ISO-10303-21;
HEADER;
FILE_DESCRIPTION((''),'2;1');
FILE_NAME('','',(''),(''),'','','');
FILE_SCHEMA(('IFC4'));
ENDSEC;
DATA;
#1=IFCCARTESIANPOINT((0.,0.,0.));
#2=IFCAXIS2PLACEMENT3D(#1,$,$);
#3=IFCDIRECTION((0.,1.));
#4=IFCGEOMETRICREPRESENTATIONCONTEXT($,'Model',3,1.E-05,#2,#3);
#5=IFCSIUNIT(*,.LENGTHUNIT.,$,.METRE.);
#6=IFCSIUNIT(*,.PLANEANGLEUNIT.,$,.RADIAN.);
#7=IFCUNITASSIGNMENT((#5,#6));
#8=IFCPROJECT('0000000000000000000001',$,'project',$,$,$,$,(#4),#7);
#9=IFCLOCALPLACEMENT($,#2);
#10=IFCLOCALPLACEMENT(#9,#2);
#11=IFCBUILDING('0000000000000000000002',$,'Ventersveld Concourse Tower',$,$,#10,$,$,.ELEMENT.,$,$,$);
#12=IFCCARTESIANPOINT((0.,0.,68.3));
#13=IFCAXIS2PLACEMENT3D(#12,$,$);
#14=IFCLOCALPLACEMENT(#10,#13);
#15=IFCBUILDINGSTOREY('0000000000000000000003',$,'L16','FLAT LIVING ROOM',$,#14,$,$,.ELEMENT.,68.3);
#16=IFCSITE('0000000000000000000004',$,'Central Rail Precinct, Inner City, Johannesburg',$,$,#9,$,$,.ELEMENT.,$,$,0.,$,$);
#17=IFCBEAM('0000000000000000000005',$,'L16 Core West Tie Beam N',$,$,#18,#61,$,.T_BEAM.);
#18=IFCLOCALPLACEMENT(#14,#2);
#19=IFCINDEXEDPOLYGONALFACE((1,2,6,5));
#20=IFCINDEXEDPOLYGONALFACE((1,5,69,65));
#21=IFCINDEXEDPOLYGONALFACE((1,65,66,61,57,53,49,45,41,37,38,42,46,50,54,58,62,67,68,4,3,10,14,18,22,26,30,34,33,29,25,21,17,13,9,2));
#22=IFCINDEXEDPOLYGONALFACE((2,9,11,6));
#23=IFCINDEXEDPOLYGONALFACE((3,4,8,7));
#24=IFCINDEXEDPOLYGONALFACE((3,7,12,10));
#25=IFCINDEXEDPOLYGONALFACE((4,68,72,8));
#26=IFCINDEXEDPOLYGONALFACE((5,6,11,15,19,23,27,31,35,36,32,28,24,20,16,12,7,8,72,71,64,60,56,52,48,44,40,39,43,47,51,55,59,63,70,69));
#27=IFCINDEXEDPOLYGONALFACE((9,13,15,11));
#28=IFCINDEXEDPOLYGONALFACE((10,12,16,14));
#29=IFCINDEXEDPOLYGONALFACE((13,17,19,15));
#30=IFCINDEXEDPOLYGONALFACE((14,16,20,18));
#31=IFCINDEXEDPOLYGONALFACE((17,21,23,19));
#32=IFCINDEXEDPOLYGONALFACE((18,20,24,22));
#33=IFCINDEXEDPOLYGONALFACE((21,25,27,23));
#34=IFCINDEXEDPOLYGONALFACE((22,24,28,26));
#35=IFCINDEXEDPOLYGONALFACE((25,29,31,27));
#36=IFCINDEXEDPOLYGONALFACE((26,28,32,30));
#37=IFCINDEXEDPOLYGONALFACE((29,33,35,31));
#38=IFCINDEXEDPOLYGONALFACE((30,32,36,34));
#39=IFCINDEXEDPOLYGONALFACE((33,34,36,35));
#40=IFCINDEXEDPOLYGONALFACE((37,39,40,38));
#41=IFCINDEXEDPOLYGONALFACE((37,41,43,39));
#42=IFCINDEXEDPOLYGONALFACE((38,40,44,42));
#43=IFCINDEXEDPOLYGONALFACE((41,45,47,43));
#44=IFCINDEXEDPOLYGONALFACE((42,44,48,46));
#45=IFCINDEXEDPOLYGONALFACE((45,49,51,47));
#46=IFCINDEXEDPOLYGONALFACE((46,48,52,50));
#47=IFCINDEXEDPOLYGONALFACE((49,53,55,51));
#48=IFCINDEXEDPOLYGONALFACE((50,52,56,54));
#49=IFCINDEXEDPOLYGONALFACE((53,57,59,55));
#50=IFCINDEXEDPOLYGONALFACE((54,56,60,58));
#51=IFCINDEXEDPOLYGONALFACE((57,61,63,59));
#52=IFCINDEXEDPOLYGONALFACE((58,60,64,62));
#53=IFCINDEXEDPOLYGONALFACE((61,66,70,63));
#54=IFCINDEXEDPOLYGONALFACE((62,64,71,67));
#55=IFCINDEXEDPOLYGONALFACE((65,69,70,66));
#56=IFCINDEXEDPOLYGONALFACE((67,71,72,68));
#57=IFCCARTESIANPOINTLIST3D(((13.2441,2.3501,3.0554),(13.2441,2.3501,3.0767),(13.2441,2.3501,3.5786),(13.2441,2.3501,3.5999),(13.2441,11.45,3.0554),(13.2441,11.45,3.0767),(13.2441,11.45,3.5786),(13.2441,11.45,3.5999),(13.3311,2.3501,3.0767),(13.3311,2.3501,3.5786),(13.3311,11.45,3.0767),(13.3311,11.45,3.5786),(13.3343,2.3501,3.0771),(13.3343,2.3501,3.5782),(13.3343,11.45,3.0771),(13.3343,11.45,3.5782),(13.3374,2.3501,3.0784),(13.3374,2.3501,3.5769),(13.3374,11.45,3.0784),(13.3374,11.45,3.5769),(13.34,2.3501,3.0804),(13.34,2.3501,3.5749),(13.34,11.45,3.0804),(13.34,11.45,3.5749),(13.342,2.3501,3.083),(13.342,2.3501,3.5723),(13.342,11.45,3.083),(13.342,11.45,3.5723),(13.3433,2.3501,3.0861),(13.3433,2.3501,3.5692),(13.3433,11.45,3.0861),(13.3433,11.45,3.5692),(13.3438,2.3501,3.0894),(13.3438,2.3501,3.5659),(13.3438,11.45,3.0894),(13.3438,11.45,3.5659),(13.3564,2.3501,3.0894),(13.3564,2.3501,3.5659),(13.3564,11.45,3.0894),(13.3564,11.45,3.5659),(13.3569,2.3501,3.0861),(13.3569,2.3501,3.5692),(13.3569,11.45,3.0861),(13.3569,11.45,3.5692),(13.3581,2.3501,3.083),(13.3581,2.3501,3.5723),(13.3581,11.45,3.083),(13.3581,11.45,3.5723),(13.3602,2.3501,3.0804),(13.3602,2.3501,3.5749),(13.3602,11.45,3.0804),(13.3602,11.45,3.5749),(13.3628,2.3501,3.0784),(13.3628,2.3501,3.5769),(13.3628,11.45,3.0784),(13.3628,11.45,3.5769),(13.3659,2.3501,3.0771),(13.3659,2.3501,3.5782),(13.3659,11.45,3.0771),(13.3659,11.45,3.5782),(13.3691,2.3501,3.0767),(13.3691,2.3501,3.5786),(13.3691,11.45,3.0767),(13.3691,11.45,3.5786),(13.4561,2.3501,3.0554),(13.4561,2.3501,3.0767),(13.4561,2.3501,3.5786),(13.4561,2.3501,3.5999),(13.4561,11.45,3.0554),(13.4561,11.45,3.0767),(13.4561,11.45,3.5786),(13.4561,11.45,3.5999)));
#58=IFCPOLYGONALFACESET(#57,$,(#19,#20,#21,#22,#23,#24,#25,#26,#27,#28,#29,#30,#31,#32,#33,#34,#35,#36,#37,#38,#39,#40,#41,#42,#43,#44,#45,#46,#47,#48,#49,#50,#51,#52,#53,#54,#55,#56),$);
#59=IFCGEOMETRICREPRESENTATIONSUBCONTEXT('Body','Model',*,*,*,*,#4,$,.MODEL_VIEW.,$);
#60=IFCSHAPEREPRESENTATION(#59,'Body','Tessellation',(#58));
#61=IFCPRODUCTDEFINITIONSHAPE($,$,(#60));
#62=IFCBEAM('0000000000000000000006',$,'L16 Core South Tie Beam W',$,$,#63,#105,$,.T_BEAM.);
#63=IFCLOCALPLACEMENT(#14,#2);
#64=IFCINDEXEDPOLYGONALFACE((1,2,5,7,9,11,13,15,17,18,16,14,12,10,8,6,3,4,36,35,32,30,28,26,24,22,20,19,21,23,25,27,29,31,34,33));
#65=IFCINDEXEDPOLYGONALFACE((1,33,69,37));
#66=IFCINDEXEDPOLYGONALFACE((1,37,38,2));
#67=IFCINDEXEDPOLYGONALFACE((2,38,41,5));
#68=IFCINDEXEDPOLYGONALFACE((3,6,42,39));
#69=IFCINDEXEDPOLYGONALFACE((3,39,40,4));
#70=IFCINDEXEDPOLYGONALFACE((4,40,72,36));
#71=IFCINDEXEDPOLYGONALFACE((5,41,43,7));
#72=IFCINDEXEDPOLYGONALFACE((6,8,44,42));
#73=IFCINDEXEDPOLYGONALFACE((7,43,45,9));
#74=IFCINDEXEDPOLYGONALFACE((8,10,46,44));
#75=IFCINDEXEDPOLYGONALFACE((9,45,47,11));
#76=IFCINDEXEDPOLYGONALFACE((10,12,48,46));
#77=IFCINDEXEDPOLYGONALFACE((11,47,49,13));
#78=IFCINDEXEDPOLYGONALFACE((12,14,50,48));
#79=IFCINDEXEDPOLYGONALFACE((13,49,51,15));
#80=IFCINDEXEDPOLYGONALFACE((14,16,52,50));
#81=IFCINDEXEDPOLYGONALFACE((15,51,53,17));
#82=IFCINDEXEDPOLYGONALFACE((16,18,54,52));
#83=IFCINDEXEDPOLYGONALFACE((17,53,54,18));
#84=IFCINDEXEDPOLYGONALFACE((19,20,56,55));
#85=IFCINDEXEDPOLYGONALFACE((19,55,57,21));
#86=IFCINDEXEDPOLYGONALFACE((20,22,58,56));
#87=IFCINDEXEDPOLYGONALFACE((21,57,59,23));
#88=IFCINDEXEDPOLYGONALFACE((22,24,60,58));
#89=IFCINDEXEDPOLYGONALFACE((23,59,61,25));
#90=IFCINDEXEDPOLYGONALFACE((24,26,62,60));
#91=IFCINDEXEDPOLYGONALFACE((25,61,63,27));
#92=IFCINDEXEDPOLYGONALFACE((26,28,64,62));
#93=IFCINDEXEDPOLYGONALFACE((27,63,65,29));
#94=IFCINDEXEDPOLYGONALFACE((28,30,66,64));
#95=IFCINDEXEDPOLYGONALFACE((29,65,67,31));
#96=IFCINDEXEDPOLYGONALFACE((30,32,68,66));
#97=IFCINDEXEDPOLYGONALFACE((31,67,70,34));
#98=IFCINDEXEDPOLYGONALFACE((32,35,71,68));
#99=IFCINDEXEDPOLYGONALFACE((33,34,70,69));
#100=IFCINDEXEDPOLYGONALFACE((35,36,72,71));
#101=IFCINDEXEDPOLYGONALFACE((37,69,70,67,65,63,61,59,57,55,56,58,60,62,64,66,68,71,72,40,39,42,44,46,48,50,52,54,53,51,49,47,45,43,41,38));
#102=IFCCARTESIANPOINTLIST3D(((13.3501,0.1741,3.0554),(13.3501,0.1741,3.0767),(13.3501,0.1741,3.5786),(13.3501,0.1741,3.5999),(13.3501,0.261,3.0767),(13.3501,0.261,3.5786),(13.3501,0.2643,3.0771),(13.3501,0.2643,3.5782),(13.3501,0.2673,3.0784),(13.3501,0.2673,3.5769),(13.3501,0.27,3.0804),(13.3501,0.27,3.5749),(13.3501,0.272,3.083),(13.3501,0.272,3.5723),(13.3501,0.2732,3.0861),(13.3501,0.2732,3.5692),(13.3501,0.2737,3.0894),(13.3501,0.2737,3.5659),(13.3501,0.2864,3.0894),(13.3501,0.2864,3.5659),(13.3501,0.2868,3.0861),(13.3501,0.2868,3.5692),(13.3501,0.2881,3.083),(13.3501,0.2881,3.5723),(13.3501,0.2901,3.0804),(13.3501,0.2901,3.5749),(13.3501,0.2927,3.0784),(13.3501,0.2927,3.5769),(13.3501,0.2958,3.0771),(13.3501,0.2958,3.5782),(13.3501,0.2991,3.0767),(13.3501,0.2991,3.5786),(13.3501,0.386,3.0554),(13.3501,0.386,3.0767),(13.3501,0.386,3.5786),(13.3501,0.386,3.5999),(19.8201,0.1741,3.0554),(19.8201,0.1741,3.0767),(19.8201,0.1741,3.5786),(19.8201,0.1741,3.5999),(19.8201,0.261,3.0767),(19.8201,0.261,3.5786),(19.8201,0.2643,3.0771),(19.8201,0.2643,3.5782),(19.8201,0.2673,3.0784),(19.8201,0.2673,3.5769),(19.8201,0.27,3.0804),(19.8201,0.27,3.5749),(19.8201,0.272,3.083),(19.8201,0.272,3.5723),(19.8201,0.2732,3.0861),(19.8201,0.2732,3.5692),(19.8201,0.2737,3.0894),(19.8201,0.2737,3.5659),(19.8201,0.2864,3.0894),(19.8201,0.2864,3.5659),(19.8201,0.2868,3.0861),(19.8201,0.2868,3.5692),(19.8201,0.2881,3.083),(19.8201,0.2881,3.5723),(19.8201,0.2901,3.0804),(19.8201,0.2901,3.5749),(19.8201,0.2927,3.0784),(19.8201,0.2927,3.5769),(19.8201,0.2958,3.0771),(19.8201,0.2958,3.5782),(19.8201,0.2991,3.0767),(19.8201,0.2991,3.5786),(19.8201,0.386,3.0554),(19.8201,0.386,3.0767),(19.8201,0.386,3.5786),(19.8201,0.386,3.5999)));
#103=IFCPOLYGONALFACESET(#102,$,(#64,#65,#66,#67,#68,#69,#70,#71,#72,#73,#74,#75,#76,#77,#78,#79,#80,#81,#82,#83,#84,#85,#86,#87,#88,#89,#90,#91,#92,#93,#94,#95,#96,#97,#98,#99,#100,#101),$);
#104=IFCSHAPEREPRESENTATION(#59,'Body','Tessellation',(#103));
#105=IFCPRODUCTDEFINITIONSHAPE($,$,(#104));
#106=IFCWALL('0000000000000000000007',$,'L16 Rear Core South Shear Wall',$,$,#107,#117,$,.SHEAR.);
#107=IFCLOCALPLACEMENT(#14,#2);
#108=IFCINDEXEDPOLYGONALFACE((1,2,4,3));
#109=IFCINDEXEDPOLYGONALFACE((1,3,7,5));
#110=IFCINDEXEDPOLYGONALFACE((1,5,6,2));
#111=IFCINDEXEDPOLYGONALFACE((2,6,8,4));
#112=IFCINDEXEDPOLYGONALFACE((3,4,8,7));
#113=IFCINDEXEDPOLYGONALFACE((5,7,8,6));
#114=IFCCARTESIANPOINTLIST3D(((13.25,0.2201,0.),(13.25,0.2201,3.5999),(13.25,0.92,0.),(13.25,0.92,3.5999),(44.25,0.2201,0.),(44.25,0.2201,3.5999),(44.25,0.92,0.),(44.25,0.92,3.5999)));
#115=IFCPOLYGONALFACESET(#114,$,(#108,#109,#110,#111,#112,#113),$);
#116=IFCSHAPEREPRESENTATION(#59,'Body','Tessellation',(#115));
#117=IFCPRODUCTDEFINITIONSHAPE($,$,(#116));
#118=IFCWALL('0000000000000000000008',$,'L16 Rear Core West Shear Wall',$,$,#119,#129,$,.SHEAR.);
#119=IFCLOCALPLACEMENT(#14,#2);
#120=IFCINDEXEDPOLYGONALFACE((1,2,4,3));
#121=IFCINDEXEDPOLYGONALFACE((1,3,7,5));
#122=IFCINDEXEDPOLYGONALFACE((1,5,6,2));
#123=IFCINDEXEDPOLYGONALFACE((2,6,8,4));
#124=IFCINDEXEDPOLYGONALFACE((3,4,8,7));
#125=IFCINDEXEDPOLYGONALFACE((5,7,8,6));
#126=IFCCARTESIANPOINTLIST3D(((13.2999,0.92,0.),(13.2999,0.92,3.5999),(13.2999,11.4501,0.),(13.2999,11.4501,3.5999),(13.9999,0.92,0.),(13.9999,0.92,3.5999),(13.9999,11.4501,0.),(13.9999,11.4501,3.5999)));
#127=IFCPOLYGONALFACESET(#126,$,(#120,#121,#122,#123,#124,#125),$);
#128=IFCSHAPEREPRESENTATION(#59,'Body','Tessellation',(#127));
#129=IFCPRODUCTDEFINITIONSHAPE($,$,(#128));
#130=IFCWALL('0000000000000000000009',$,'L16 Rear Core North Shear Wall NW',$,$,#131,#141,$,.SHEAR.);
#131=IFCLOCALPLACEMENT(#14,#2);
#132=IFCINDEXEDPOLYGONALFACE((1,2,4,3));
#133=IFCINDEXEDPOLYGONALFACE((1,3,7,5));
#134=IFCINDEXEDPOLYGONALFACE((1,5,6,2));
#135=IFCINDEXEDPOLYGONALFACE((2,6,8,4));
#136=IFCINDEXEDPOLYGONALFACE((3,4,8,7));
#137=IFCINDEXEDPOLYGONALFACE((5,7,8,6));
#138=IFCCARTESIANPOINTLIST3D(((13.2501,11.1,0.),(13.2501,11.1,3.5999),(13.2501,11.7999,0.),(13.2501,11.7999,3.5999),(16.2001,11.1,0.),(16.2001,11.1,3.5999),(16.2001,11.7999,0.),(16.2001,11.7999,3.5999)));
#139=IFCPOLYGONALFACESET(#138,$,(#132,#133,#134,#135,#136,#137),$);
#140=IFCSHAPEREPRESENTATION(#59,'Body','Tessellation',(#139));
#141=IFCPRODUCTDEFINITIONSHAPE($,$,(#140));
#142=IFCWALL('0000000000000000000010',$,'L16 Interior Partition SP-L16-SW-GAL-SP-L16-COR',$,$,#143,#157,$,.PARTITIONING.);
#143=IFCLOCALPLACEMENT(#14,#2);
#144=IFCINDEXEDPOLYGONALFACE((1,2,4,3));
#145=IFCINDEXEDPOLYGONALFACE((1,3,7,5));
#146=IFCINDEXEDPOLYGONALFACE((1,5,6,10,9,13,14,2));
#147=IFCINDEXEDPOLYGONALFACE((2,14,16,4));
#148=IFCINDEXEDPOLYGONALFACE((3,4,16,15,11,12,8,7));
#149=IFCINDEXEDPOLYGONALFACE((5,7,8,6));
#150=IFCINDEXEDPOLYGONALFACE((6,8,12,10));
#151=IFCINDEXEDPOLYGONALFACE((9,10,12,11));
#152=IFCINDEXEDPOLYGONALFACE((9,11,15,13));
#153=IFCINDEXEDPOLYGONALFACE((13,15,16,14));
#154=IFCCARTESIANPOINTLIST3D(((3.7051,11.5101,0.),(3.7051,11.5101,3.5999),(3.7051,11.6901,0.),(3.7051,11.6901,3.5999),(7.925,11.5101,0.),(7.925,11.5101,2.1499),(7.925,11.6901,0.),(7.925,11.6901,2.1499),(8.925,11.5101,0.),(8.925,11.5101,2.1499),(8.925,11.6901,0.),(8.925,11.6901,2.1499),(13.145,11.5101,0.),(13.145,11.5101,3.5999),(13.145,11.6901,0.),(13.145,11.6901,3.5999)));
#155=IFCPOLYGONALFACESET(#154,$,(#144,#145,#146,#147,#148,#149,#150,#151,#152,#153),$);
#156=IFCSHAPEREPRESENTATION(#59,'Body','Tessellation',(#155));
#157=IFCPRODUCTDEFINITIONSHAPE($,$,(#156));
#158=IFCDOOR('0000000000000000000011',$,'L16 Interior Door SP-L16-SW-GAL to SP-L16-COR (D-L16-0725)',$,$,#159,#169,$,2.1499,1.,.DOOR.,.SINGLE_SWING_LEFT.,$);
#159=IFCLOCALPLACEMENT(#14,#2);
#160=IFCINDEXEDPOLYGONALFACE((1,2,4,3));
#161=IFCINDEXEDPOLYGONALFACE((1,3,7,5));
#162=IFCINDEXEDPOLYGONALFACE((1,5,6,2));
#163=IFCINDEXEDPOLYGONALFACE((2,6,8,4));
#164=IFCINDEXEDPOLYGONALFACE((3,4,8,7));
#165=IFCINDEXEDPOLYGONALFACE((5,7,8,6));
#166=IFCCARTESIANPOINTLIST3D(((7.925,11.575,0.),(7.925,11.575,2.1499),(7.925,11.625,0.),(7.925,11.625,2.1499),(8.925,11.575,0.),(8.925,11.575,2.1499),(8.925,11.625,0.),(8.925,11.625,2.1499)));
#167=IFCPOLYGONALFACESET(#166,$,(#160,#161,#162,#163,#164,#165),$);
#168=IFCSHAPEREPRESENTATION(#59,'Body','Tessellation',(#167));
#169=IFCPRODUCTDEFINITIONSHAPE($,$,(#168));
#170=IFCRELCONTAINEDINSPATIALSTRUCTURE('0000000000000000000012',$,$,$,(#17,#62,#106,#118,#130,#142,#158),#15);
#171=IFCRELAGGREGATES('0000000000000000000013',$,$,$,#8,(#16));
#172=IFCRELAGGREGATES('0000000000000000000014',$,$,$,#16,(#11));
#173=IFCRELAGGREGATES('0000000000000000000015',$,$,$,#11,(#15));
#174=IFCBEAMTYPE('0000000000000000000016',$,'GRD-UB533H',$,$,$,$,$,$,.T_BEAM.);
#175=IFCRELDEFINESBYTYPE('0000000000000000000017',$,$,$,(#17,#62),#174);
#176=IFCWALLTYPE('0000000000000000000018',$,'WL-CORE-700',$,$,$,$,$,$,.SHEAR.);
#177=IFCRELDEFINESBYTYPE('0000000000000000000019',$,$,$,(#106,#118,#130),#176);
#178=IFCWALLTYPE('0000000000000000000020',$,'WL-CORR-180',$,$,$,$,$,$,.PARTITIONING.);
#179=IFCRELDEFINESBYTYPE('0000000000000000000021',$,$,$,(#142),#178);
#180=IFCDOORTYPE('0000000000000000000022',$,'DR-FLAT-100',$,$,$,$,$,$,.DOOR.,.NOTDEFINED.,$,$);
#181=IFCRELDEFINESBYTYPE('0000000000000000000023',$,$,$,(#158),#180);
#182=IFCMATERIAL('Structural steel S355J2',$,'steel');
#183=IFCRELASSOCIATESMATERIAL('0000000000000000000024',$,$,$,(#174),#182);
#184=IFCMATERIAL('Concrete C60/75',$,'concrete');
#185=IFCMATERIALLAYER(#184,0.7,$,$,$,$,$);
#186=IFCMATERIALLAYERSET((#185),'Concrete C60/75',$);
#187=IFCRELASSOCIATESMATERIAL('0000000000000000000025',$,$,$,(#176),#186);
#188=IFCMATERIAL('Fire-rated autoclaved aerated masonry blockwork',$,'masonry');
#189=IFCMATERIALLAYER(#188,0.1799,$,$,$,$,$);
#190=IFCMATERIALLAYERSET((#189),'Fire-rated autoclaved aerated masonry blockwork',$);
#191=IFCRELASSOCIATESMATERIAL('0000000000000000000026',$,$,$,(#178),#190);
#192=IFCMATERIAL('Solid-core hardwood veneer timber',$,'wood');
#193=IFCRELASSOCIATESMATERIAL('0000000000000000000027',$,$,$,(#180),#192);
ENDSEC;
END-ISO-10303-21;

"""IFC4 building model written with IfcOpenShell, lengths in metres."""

from ifc_helpers import new_model, si_unit, direction, frame, frame_2d, origin, origin_2d, place, context, subcontext, project, spatial, rectangle, i_section, extrude, material, layer, layer_set, material_profile, profile_set, type_object, element, fill, save


model = new_model("IFC4")

# Units and contexts
model_context = context("Model", 3, precision=1e-05, world=origin(), true_north=direction((0.0, 1.0)))
body_context = subcontext(model_context, "Body", "Model", "MODEL_VIEW")
ifc_project = project(units=[si_unit("LENGTHUNIT", "METRE"), si_unit("PLANEANGLEUNIT", "RADIAN")], contexts=[model_context])

# Site, building, storey
site_placement = place(None, origin())
site = spatial("IfcSite", under=ifc_project, at=site_placement, Name="Central Rail Precinct, Inner City, Johannesburg", CompositionType="ELEMENT", RefElevation=0.0)
building_placement = place(site_placement, origin())
building = spatial("IfcBuilding", under=site, at=building_placement, Name="Ventersveld Concourse Tower", CompositionType="ELEMENT")
storey_placement = place(building_placement, frame((0.0, 0.0, 68.3)))
storey = spatial("IfcBuildingStorey", under=building, at=storey_placement, Name="L16", Description="FLAT LIVING ROOM", CompositionType="ELEMENT", Elevation=68.3)

# Beams
ifc_material_1 = material(Name="Structural steel S355J2", Category="steel")
ifc_material_profile_1 = material_profile(ifc_material_1, i_section(OverallWidth=0.2119, OverallDepth=0.5444, WebThickness=0.0127, FlangeThickness=0.0212, FilletRadius=0.0127, at=origin_2d()), Name="UB 533x210x122")
ifc_profile_set_1 = profile_set([ifc_material_profile_1], Name="Structural steel S355J2")
beam_type_1 = type_object("IfcBeamType", Name="GRD-UB533H", PredefinedType="T_BEAM", material=ifc_profile_set_1)
beam_1_placement = place(storey_placement, frame((13.3501, 2.3501, 3.3276), z_axis=(0.0, 1.0, 0.0), x_axis=(-1.0, 0.0, 0.0)))
element("IfcBeam", 1, at=beam_1_placement, inside=storey, type_object=beam_type_1, Name="L16 Core West Tie Beam N", PredefinedType="T_BEAM", context=body_context, shape_type="SweptSolid", body=[
    extrude(i_section(OverallWidth=0.2119, OverallDepth=0.5444, WebThickness=0.0127, FlangeThickness=0.0212, FilletRadius=0.0127, at=origin_2d()), origin(), (0.0, 0.0, 1.0), 9.0999),
])
beam_2_placement = place(storey_placement, frame((13.3501, 0.28, 3.3276), z_axis=(1.0, 0.0, 0.0), x_axis=(0.0, 1.0, 0.0)))
element("IfcBeam", 2, at=beam_2_placement, inside=storey, type_object=beam_type_1, Name="L16 Core South Tie Beam W", PredefinedType="T_BEAM", context=body_context, shape_type="SweptSolid", body=[
    extrude(i_section(OverallWidth=0.2119, OverallDepth=0.5444, WebThickness=0.0127, FlangeThickness=0.0212, FilletRadius=0.0127, at=origin_2d()), origin(), (0.0, 0.0, 1.0), 6.47),
])

# Walls
ifc_material_2 = material(Name="Concrete C60/75", Category="concrete")
ifc_layer_1 = layer(ifc_material_2, 0.7)
ifc_layer_set_1 = layer_set([ifc_layer_1], Name="Concrete C60/75")
wall_type_1 = type_object("IfcWallType", Name="WL-CORE-700", PredefinedType="SHEAR", material=ifc_layer_set_1)
wall_1_placement = place(storey_placement, frame((13.25, 0.5701, 0.0), z_axis=(0.0, 0.0, 1.0), x_axis=(1.0, 0.0, 0.0)))
element("IfcWall", 3, at=wall_1_placement, inside=storey, type_object=wall_type_1, Name="L16 Rear Core South Shear Wall", PredefinedType="SHEAR", context=body_context, shape_type="SweptSolid", body=[
    extrude(rectangle(XDim=31.0, YDim=0.7, at=frame_2d((15.5, 0.0))), origin(), (0.0, 0.0, 1.0), 3.5999),
])
wall_2_placement = place(storey_placement, frame((13.6499, 0.9199, 0.0), z_axis=(0.0, 0.0, 1.0), x_axis=(0.0, 1.0, 0.0)))
element("IfcWall", 4, at=wall_2_placement, inside=storey, type_object=wall_type_1, Name="L16 Rear Core West Shear Wall", PredefinedType="SHEAR", context=body_context, shape_type="SweptSolid", body=[
    extrude(rectangle(XDim=10.53, YDim=0.7, at=frame_2d((5.2651, 0.0))), origin(), (0.0, 0.0, 1.0), 3.5999),
])
wall_3_placement = place(storey_placement, frame((13.25, 11.45, 0.0), z_axis=(0.0, 0.0, 1.0), x_axis=(1.0, 0.0, 0.0)))
element("IfcWall", 5, at=wall_3_placement, inside=storey, type_object=wall_type_1, Name="L16 Rear Core North Shear Wall NW", PredefinedType="SHEAR", context=body_context, shape_type="SweptSolid", body=[
    extrude(rectangle(XDim=2.95, YDim=0.7, at=frame_2d((1.4751, 0.0))), origin(), (0.0, 0.0, 1.0), 3.5999),
])

# Wall, opening, door
ifc_material_3 = material(Name="Fire-rated autoclaved aerated masonry blockwork", Category="masonry")
ifc_layer_2 = layer(ifc_material_3, 0.1799)
ifc_layer_set_2 = layer_set([ifc_layer_2], Name="Fire-rated autoclaved aerated masonry blockwork")
wall_type_2 = type_object("IfcWallType", Name="WL-CORR-180", PredefinedType="PARTITIONING", material=ifc_layer_set_2)
wall_4_placement = place(storey_placement, frame((3.7051, 11.6001, 0.0), z_axis=(0.0, 0.0, 1.0), x_axis=(1.0, 0.0, 0.0)))
wall_4 = element("IfcWall", 6, at=wall_4_placement, inside=storey, type_object=wall_type_2, Name="L16 Interior Partition SP-L16-SW-GAL-SP-L16-COR", PredefinedType="PARTITIONING", context=body_context, shape_type="SweptSolid", body=[
    extrude(rectangle(XDim=9.4399, YDim=0.1799, at=frame_2d((4.72, 0.0))), origin(), (0.0, 0.0, 1.0), 3.5999),
])
opening_1_placement = place(wall_4_placement, frame((4.22, 0.0, 0.0)))
opening_1 = element("IfcOpeningElement", 7, at=opening_1_placement, cuts=wall_4, PredefinedType="OPENING", context=body_context, shape_type="SweptSolid", body=[
    extrude(rectangle(XDim=1.0, YDim=2.1499, at=frame_2d((0.5, 1.075))), frame((0.0, 0.1001, 0.0), z_axis=(0.0, -1.0, 0.0), x_axis=(1.0, 0.0, 0.0)), (0.0, 0.0, 1.0), 0.2),
])
ifc_material_4 = material(Name="Solid-core hardwood veneer timber", Category="wood")
door_type_1 = type_object("IfcDoorType", Name="DR-FLAT-100", OperationType="NOTDEFINED", PredefinedType="DOOR", material=ifc_material_4)
door_1_placement = place(opening_1_placement, origin())
door_1 = element("IfcDoor", 8, at=door_1_placement, inside=storey, type_object=door_type_1, Name="L16 Interior Door SP-L16-SW-GAL to SP-L16-COR (D-L16-0725)", OperationType="SINGLE_SWING_LEFT", OverallHeight=2.1499, OverallWidth=1.0, PredefinedType="DOOR", context=body_context, shape_type="SweptSolid", body=[
    extrude(rectangle(XDim=1.0, YDim=2.1499, at=frame_2d((0.5, 1.075))), frame((0.0, 0.0249, 0.0), z_axis=(0.0, -1.0, 0.0), x_axis=(1.0, 0.0, 0.0)), (0.0, 0.0, 1.0), 0.05),
])
fill(opening_1, door_1)

save(model, "model.ifc")
